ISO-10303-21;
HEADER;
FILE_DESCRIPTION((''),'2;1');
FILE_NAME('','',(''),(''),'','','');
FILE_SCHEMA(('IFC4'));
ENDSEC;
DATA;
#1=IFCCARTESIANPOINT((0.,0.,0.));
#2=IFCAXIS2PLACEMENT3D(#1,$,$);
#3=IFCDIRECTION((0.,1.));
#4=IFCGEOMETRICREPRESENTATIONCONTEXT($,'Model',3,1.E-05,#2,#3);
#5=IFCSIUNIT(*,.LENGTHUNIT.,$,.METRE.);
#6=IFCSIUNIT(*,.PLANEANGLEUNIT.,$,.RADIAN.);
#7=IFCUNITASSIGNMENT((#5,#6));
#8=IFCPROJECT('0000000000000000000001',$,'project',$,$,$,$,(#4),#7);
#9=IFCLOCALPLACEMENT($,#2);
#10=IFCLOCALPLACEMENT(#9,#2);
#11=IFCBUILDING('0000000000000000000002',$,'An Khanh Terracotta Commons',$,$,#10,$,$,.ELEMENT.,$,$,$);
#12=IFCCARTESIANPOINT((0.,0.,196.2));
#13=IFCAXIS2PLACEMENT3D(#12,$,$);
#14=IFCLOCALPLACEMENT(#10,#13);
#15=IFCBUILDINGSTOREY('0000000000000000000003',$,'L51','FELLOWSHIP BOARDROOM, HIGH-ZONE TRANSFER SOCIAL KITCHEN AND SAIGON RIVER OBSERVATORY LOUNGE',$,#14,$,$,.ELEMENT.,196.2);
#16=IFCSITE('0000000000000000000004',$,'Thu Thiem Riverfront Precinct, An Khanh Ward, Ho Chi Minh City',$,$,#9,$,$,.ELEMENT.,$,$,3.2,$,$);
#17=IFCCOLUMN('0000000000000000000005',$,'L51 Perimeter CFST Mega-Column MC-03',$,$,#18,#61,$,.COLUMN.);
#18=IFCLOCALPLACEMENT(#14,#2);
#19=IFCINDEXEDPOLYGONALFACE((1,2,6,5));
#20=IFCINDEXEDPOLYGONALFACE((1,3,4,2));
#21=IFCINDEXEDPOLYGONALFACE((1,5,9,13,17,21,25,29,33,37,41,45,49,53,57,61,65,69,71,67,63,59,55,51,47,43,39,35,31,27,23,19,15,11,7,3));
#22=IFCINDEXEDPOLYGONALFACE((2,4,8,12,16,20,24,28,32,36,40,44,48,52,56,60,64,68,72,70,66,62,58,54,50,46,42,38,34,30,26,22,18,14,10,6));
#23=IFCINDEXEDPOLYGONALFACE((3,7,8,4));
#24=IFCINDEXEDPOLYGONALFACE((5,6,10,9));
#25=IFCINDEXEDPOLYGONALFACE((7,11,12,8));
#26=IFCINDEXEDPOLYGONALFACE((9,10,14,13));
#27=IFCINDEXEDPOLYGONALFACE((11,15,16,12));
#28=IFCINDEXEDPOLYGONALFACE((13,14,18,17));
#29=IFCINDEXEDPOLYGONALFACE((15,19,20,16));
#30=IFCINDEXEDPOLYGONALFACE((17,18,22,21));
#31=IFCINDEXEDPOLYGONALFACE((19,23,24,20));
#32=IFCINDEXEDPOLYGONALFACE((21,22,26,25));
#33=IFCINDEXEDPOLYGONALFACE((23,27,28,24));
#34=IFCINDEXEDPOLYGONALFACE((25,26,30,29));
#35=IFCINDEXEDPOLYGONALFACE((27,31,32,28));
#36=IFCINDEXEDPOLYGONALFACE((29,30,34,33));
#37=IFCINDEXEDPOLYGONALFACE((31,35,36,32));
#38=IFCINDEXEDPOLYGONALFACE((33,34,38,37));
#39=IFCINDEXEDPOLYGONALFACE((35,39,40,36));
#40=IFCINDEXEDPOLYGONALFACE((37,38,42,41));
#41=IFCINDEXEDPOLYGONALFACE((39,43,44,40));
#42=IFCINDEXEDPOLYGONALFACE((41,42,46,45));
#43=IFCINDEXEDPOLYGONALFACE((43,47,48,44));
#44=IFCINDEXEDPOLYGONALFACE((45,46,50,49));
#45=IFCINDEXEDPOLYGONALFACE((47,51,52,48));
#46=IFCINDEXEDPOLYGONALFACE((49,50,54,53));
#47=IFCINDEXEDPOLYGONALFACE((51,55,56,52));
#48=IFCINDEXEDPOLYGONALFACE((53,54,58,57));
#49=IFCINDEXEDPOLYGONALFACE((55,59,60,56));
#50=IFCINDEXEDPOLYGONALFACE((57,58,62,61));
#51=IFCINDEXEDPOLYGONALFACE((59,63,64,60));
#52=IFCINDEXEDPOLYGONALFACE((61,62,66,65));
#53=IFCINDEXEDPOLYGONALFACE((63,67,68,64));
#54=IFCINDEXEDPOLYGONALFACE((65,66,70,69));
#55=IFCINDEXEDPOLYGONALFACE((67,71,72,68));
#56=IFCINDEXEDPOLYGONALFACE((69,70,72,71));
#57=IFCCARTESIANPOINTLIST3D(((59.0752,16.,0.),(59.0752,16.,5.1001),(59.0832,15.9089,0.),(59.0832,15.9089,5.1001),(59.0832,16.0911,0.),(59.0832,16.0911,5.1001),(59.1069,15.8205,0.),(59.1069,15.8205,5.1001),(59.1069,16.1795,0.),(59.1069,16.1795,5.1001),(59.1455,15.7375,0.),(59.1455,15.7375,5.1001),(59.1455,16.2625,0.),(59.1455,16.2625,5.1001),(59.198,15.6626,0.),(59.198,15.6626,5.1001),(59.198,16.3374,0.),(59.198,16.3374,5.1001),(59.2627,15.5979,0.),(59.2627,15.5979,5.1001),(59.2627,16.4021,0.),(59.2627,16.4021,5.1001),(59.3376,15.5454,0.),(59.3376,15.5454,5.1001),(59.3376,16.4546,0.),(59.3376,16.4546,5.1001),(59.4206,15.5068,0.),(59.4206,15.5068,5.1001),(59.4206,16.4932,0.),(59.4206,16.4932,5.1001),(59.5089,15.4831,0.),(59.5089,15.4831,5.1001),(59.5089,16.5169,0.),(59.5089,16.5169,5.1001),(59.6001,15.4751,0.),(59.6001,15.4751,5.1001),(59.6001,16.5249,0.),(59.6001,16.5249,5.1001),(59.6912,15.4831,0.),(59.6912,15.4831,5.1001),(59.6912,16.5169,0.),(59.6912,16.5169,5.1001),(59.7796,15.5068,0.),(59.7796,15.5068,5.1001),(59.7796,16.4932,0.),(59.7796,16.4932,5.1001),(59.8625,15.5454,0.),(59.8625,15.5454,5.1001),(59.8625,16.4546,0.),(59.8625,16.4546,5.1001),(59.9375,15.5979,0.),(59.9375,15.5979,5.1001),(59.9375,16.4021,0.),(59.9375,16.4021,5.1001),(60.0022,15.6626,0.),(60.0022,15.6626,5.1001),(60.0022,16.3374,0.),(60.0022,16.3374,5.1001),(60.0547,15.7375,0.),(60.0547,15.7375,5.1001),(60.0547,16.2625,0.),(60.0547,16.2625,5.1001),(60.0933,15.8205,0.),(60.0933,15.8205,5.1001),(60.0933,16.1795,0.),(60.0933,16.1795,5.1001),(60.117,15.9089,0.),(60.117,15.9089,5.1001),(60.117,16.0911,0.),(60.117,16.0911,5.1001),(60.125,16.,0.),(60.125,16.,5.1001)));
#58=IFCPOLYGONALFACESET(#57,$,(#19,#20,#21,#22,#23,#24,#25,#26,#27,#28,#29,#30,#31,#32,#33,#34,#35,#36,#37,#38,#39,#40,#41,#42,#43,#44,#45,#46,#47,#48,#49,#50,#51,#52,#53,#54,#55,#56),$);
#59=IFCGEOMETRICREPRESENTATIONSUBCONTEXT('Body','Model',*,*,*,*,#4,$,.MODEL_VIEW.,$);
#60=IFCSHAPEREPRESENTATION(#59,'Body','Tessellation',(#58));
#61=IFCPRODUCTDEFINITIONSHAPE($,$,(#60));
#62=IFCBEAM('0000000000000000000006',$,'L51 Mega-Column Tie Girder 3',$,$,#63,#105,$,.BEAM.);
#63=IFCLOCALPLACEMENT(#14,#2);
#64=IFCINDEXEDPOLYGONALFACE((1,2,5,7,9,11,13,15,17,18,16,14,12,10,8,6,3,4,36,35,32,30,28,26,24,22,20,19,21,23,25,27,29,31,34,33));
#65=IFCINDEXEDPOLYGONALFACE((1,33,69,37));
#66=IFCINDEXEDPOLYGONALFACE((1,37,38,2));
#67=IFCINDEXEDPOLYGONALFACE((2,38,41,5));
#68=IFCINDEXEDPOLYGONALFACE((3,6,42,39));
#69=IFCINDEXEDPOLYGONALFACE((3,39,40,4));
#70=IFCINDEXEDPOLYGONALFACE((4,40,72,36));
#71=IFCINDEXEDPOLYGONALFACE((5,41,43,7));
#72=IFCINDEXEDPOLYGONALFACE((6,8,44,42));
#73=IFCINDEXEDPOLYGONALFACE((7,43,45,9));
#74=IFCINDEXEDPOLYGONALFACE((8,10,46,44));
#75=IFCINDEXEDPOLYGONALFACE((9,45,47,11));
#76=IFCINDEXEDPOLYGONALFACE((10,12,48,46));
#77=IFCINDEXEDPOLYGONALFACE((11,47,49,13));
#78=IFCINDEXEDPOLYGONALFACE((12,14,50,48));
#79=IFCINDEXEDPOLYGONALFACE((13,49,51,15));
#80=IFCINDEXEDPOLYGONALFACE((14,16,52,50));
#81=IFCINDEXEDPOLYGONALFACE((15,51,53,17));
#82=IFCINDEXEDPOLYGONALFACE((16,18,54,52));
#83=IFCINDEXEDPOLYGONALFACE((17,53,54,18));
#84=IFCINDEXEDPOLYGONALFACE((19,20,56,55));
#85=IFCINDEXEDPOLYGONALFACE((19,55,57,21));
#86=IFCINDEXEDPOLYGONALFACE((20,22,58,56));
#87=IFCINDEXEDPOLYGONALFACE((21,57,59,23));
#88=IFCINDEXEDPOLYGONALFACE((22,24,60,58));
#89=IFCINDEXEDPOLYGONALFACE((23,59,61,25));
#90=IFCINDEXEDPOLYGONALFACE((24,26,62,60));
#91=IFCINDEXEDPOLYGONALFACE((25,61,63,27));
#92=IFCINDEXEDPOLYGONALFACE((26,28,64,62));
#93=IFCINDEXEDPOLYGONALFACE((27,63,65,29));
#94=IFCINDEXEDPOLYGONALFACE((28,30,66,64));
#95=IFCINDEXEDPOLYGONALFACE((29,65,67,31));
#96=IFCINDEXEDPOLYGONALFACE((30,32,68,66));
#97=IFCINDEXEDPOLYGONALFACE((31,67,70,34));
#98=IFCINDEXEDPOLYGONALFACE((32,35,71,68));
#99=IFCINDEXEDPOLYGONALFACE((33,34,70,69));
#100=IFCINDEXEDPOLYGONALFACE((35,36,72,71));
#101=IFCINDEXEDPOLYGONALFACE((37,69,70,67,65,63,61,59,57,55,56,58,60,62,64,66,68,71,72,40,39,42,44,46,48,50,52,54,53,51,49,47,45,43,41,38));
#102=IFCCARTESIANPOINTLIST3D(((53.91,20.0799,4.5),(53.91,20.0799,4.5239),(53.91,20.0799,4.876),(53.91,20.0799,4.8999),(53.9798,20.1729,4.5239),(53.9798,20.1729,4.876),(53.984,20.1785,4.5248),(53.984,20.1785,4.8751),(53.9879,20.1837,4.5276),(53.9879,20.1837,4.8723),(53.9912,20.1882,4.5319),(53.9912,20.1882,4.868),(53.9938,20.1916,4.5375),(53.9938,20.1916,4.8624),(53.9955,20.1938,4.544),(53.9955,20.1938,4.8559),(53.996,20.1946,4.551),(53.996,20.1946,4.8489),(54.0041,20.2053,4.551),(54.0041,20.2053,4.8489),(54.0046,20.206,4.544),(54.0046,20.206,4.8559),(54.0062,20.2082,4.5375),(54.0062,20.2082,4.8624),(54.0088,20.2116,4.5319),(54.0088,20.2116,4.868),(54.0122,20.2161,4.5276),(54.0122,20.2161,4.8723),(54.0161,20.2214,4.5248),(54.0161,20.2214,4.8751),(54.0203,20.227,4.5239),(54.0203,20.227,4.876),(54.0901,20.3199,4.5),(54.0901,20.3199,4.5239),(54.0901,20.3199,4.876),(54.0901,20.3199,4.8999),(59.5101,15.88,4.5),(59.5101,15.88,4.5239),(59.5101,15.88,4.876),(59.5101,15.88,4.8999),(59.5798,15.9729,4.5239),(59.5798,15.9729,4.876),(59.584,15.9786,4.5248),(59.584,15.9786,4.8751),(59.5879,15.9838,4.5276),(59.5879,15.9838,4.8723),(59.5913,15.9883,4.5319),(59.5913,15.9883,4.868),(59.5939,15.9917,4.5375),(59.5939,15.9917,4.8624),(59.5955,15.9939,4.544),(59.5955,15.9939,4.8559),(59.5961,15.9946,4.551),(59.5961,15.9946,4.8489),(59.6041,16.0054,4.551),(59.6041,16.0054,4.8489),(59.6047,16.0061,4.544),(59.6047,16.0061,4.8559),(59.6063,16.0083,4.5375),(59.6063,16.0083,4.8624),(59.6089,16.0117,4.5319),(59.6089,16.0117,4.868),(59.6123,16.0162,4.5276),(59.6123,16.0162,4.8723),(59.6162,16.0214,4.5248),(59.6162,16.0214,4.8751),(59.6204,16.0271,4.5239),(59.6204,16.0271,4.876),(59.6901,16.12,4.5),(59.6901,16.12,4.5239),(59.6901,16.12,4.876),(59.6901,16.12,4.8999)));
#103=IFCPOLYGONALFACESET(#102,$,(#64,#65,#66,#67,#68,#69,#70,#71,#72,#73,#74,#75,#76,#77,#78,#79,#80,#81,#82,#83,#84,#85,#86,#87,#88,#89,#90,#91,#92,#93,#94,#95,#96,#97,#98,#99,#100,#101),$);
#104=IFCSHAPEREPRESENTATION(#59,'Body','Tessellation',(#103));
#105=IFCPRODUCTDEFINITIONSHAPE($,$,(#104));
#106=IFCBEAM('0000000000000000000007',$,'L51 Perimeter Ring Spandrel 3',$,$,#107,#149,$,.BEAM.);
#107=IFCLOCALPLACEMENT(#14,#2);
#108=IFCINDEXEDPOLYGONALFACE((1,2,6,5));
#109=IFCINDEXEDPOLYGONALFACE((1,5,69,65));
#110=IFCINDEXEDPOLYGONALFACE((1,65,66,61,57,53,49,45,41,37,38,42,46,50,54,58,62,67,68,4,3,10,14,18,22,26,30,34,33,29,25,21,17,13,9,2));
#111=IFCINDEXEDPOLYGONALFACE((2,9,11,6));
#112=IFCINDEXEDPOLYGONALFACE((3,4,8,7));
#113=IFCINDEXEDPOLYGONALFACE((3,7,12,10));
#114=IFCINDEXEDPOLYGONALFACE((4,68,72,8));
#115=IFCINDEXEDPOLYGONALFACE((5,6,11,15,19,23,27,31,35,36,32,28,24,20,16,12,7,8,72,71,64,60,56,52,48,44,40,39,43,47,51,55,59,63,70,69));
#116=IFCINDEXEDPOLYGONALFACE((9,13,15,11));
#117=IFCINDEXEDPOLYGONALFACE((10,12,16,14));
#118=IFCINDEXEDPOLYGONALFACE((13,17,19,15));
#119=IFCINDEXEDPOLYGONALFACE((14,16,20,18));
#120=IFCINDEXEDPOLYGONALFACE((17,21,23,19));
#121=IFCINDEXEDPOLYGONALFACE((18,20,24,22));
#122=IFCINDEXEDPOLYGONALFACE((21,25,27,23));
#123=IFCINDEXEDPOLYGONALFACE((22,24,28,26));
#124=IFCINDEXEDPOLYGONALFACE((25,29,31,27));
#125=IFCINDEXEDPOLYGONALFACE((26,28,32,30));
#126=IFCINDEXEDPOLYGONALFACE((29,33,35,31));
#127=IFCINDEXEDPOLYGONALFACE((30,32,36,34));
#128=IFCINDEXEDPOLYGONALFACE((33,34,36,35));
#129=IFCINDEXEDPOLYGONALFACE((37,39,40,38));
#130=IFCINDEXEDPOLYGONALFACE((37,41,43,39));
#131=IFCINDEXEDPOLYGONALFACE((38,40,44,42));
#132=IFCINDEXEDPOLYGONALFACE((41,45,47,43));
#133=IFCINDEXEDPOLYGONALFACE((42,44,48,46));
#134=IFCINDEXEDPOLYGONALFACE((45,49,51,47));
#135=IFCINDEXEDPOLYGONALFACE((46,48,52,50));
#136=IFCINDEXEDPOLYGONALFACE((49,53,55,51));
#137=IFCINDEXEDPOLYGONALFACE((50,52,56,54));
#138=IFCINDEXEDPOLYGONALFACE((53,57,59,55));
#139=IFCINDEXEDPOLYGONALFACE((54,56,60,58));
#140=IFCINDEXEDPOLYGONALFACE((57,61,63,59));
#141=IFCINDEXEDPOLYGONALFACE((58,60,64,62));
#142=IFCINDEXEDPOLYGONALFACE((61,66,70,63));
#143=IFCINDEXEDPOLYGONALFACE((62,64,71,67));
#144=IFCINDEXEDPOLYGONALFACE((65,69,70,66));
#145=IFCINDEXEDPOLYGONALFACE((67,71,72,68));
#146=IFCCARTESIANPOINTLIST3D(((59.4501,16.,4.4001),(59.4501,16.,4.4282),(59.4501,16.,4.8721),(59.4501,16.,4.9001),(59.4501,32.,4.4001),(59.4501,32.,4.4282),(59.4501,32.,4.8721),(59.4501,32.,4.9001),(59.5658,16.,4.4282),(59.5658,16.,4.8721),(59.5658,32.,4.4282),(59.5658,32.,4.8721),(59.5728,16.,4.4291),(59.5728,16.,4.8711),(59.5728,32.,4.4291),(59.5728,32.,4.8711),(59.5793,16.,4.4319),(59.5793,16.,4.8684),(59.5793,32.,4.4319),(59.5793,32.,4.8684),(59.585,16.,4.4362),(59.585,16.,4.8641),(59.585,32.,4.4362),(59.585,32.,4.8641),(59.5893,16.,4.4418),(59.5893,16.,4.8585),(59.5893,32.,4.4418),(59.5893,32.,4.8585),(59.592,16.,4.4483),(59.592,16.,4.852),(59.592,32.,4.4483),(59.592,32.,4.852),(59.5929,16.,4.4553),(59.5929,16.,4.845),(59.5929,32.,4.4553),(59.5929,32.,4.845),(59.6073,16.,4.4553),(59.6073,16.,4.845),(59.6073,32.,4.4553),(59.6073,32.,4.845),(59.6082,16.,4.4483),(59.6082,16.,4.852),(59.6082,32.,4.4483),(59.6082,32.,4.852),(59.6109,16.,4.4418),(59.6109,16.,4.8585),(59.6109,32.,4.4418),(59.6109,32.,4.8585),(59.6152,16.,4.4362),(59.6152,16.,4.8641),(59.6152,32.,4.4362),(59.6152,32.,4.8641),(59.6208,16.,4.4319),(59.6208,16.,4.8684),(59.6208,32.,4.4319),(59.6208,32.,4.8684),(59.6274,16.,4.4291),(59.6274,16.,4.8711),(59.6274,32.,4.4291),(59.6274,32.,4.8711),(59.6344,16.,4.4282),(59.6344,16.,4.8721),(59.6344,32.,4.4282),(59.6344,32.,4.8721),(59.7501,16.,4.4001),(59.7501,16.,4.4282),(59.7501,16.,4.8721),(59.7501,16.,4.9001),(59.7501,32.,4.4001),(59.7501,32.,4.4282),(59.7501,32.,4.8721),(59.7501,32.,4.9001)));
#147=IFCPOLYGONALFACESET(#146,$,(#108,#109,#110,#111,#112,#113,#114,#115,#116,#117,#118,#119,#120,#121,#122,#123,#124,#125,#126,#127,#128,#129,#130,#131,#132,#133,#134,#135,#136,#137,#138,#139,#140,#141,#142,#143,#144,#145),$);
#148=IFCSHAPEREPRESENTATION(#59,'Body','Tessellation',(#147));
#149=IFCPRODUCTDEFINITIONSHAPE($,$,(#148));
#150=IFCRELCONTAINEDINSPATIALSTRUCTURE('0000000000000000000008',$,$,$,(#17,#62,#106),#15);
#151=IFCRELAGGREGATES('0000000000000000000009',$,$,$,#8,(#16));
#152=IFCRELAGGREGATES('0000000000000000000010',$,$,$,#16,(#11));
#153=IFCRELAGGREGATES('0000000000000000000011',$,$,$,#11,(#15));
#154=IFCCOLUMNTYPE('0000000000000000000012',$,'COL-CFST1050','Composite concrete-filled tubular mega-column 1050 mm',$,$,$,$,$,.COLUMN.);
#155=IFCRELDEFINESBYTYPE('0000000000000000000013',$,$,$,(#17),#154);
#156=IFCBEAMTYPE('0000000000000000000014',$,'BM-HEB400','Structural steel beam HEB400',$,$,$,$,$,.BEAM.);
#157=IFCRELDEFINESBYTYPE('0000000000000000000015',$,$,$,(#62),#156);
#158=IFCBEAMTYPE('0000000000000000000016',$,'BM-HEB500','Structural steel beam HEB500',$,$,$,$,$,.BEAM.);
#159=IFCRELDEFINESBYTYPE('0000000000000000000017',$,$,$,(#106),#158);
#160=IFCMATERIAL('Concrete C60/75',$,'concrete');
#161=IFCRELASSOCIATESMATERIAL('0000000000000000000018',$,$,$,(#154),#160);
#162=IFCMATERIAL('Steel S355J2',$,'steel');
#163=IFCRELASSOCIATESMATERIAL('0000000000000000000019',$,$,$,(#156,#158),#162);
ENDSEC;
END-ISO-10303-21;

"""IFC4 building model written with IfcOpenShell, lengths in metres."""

from ifc_helpers import new_model, si_unit, direction, frame, origin, origin_2d, place, context, subcontext, project, spatial, circle, i_section, extrude, material, material_profile, profile_set, type_object, element, save


model = new_model("IFC4")

# Units and contexts
model_context = context("Model", 3, precision=1e-05, world=origin(), true_north=direction((0.0, 1.0)))
body_context = subcontext(model_context, "Body", "Model", "MODEL_VIEW")
ifc_project = project(units=[si_unit("LENGTHUNIT", "METRE"), si_unit("PLANEANGLEUNIT", "RADIAN")], contexts=[model_context])

# Site, building, storey
site_placement = place(None, origin())
site = spatial("IfcSite", under=ifc_project, at=site_placement, Name="Thu Thiem Riverfront Precinct, An Khanh Ward, Ho Chi Minh City", CompositionType="ELEMENT", RefElevation=3.2)
building_placement = place(site_placement, origin())
building = spatial("IfcBuilding", under=site, at=building_placement, Name="An Khanh Terracotta Commons", CompositionType="ELEMENT")
storey_placement = place(building_placement, frame((0.0, 0.0, 196.2)))
storey = spatial("IfcBuildingStorey", under=building, at=storey_placement, Name="L51", Description="FELLOWSHIP BOARDROOM, HIGH-ZONE TRANSFER SOCIAL KITCHEN AND SAIGON RIVER OBSERVATORY LOUNGE", CompositionType="ELEMENT", Elevation=196.2)

# Column
ifc_material_1 = material(Name="Concrete C60/75", Category="concrete")
ifc_material_profile_1 = material_profile(ifc_material_1, circle(Radius=0.5249, at=origin_2d()), Name="CFST1050")
ifc_profile_set_1 = profile_set([ifc_material_profile_1], Name="Concrete C60/75")
column_type = type_object("IfcColumnType", Name="COL-CFST1050", Description="Composite concrete-filled tubular mega-column 1050 mm", PredefinedType="COLUMN", material=ifc_profile_set_1)
column_placement = place(storey_placement, frame((59.6001, 16.0, 0.0), z_axis=(0.0, 0.0, 1.0), x_axis=(1.0, 0.0, 0.0)))
element("IfcColumn", 1, at=column_placement, inside=storey, type_object=column_type, Name="L51 Perimeter CFST Mega-Column MC-03", PredefinedType="COLUMN", context=body_context, shape_type="SweptSolid", body=[
    extrude(circle(Radius=0.5249, at=origin_2d()), origin(), (0.0, 0.0, 1.0), 5.1001),
])

# Beams
ifc_material_2 = material(Name="Steel S355J2", Category="steel")
ifc_material_profile_2 = material_profile(ifc_material_2, i_section(OverallWidth=0.3, OverallDepth=0.3999, WebThickness=0.0134, FlangeThickness=0.0239, FilletRadius=0.0271, at=origin_2d()), Name="HEB400")
ifc_profile_set_2 = profile_set([ifc_material_profile_2], Name="Steel S355J2")
beam_type_1 = type_object("IfcBeamType", Name="BM-HEB400", Description="Structural steel beam HEB400", PredefinedType="BEAM", material=ifc_profile_set_2)
beam_1_placement = place(storey_placement, frame((59.6001, 16.0, 4.7), z_axis=(-0.800008, 0.599989, 0.0), x_axis=(-0.599989, -0.800008, 0.0)))
element("IfcBeam", 2, at=beam_1_placement, inside=storey, type_object=beam_type_1, Name="L51 Mega-Column Tie Girder 3", PredefinedType="BEAM", context=body_context, shape_type="SweptSolid", body=[
    extrude(i_section(OverallWidth=0.3, OverallDepth=0.3999, WebThickness=0.0134, FlangeThickness=0.0239, FilletRadius=0.0271, at=origin_2d()), origin(), (0.0, 0.0, 1.0), 7.0),
])
ifc_material_profile_3 = material_profile(ifc_material_2, i_section(OverallWidth=0.3, OverallDepth=0.5, WebThickness=0.0144, FlangeThickness=0.0281, FilletRadius=0.0271, at=origin_2d()), Name="HEB500")
ifc_profile_set_3 = profile_set([ifc_material_profile_3], Name="Steel S355J2")
beam_type_2 = type_object("IfcBeamType", Name="BM-HEB500", Description="Structural steel beam HEB500", PredefinedType="BEAM", material=ifc_profile_set_3)
beam_2_placement = place(storey_placement, frame((59.6001, 16.0, 4.6501), z_axis=(0.0, 1.0, 0.0), x_axis=(-1.0, 0.0, 0.0)))
element("IfcBeam", 3, at=beam_2_placement, inside=storey, type_object=beam_type_2, Name="L51 Perimeter Ring Spandrel 3", PredefinedType="BEAM", context=body_context, shape_type="SweptSolid", body=[
    extrude(i_section(OverallWidth=0.3, OverallDepth=0.5, WebThickness=0.0144, FlangeThickness=0.0281, FilletRadius=0.0271, at=origin_2d()), origin(), (0.0, 0.0, 1.0), 16.0),
])

save(model, "model.ifc")
